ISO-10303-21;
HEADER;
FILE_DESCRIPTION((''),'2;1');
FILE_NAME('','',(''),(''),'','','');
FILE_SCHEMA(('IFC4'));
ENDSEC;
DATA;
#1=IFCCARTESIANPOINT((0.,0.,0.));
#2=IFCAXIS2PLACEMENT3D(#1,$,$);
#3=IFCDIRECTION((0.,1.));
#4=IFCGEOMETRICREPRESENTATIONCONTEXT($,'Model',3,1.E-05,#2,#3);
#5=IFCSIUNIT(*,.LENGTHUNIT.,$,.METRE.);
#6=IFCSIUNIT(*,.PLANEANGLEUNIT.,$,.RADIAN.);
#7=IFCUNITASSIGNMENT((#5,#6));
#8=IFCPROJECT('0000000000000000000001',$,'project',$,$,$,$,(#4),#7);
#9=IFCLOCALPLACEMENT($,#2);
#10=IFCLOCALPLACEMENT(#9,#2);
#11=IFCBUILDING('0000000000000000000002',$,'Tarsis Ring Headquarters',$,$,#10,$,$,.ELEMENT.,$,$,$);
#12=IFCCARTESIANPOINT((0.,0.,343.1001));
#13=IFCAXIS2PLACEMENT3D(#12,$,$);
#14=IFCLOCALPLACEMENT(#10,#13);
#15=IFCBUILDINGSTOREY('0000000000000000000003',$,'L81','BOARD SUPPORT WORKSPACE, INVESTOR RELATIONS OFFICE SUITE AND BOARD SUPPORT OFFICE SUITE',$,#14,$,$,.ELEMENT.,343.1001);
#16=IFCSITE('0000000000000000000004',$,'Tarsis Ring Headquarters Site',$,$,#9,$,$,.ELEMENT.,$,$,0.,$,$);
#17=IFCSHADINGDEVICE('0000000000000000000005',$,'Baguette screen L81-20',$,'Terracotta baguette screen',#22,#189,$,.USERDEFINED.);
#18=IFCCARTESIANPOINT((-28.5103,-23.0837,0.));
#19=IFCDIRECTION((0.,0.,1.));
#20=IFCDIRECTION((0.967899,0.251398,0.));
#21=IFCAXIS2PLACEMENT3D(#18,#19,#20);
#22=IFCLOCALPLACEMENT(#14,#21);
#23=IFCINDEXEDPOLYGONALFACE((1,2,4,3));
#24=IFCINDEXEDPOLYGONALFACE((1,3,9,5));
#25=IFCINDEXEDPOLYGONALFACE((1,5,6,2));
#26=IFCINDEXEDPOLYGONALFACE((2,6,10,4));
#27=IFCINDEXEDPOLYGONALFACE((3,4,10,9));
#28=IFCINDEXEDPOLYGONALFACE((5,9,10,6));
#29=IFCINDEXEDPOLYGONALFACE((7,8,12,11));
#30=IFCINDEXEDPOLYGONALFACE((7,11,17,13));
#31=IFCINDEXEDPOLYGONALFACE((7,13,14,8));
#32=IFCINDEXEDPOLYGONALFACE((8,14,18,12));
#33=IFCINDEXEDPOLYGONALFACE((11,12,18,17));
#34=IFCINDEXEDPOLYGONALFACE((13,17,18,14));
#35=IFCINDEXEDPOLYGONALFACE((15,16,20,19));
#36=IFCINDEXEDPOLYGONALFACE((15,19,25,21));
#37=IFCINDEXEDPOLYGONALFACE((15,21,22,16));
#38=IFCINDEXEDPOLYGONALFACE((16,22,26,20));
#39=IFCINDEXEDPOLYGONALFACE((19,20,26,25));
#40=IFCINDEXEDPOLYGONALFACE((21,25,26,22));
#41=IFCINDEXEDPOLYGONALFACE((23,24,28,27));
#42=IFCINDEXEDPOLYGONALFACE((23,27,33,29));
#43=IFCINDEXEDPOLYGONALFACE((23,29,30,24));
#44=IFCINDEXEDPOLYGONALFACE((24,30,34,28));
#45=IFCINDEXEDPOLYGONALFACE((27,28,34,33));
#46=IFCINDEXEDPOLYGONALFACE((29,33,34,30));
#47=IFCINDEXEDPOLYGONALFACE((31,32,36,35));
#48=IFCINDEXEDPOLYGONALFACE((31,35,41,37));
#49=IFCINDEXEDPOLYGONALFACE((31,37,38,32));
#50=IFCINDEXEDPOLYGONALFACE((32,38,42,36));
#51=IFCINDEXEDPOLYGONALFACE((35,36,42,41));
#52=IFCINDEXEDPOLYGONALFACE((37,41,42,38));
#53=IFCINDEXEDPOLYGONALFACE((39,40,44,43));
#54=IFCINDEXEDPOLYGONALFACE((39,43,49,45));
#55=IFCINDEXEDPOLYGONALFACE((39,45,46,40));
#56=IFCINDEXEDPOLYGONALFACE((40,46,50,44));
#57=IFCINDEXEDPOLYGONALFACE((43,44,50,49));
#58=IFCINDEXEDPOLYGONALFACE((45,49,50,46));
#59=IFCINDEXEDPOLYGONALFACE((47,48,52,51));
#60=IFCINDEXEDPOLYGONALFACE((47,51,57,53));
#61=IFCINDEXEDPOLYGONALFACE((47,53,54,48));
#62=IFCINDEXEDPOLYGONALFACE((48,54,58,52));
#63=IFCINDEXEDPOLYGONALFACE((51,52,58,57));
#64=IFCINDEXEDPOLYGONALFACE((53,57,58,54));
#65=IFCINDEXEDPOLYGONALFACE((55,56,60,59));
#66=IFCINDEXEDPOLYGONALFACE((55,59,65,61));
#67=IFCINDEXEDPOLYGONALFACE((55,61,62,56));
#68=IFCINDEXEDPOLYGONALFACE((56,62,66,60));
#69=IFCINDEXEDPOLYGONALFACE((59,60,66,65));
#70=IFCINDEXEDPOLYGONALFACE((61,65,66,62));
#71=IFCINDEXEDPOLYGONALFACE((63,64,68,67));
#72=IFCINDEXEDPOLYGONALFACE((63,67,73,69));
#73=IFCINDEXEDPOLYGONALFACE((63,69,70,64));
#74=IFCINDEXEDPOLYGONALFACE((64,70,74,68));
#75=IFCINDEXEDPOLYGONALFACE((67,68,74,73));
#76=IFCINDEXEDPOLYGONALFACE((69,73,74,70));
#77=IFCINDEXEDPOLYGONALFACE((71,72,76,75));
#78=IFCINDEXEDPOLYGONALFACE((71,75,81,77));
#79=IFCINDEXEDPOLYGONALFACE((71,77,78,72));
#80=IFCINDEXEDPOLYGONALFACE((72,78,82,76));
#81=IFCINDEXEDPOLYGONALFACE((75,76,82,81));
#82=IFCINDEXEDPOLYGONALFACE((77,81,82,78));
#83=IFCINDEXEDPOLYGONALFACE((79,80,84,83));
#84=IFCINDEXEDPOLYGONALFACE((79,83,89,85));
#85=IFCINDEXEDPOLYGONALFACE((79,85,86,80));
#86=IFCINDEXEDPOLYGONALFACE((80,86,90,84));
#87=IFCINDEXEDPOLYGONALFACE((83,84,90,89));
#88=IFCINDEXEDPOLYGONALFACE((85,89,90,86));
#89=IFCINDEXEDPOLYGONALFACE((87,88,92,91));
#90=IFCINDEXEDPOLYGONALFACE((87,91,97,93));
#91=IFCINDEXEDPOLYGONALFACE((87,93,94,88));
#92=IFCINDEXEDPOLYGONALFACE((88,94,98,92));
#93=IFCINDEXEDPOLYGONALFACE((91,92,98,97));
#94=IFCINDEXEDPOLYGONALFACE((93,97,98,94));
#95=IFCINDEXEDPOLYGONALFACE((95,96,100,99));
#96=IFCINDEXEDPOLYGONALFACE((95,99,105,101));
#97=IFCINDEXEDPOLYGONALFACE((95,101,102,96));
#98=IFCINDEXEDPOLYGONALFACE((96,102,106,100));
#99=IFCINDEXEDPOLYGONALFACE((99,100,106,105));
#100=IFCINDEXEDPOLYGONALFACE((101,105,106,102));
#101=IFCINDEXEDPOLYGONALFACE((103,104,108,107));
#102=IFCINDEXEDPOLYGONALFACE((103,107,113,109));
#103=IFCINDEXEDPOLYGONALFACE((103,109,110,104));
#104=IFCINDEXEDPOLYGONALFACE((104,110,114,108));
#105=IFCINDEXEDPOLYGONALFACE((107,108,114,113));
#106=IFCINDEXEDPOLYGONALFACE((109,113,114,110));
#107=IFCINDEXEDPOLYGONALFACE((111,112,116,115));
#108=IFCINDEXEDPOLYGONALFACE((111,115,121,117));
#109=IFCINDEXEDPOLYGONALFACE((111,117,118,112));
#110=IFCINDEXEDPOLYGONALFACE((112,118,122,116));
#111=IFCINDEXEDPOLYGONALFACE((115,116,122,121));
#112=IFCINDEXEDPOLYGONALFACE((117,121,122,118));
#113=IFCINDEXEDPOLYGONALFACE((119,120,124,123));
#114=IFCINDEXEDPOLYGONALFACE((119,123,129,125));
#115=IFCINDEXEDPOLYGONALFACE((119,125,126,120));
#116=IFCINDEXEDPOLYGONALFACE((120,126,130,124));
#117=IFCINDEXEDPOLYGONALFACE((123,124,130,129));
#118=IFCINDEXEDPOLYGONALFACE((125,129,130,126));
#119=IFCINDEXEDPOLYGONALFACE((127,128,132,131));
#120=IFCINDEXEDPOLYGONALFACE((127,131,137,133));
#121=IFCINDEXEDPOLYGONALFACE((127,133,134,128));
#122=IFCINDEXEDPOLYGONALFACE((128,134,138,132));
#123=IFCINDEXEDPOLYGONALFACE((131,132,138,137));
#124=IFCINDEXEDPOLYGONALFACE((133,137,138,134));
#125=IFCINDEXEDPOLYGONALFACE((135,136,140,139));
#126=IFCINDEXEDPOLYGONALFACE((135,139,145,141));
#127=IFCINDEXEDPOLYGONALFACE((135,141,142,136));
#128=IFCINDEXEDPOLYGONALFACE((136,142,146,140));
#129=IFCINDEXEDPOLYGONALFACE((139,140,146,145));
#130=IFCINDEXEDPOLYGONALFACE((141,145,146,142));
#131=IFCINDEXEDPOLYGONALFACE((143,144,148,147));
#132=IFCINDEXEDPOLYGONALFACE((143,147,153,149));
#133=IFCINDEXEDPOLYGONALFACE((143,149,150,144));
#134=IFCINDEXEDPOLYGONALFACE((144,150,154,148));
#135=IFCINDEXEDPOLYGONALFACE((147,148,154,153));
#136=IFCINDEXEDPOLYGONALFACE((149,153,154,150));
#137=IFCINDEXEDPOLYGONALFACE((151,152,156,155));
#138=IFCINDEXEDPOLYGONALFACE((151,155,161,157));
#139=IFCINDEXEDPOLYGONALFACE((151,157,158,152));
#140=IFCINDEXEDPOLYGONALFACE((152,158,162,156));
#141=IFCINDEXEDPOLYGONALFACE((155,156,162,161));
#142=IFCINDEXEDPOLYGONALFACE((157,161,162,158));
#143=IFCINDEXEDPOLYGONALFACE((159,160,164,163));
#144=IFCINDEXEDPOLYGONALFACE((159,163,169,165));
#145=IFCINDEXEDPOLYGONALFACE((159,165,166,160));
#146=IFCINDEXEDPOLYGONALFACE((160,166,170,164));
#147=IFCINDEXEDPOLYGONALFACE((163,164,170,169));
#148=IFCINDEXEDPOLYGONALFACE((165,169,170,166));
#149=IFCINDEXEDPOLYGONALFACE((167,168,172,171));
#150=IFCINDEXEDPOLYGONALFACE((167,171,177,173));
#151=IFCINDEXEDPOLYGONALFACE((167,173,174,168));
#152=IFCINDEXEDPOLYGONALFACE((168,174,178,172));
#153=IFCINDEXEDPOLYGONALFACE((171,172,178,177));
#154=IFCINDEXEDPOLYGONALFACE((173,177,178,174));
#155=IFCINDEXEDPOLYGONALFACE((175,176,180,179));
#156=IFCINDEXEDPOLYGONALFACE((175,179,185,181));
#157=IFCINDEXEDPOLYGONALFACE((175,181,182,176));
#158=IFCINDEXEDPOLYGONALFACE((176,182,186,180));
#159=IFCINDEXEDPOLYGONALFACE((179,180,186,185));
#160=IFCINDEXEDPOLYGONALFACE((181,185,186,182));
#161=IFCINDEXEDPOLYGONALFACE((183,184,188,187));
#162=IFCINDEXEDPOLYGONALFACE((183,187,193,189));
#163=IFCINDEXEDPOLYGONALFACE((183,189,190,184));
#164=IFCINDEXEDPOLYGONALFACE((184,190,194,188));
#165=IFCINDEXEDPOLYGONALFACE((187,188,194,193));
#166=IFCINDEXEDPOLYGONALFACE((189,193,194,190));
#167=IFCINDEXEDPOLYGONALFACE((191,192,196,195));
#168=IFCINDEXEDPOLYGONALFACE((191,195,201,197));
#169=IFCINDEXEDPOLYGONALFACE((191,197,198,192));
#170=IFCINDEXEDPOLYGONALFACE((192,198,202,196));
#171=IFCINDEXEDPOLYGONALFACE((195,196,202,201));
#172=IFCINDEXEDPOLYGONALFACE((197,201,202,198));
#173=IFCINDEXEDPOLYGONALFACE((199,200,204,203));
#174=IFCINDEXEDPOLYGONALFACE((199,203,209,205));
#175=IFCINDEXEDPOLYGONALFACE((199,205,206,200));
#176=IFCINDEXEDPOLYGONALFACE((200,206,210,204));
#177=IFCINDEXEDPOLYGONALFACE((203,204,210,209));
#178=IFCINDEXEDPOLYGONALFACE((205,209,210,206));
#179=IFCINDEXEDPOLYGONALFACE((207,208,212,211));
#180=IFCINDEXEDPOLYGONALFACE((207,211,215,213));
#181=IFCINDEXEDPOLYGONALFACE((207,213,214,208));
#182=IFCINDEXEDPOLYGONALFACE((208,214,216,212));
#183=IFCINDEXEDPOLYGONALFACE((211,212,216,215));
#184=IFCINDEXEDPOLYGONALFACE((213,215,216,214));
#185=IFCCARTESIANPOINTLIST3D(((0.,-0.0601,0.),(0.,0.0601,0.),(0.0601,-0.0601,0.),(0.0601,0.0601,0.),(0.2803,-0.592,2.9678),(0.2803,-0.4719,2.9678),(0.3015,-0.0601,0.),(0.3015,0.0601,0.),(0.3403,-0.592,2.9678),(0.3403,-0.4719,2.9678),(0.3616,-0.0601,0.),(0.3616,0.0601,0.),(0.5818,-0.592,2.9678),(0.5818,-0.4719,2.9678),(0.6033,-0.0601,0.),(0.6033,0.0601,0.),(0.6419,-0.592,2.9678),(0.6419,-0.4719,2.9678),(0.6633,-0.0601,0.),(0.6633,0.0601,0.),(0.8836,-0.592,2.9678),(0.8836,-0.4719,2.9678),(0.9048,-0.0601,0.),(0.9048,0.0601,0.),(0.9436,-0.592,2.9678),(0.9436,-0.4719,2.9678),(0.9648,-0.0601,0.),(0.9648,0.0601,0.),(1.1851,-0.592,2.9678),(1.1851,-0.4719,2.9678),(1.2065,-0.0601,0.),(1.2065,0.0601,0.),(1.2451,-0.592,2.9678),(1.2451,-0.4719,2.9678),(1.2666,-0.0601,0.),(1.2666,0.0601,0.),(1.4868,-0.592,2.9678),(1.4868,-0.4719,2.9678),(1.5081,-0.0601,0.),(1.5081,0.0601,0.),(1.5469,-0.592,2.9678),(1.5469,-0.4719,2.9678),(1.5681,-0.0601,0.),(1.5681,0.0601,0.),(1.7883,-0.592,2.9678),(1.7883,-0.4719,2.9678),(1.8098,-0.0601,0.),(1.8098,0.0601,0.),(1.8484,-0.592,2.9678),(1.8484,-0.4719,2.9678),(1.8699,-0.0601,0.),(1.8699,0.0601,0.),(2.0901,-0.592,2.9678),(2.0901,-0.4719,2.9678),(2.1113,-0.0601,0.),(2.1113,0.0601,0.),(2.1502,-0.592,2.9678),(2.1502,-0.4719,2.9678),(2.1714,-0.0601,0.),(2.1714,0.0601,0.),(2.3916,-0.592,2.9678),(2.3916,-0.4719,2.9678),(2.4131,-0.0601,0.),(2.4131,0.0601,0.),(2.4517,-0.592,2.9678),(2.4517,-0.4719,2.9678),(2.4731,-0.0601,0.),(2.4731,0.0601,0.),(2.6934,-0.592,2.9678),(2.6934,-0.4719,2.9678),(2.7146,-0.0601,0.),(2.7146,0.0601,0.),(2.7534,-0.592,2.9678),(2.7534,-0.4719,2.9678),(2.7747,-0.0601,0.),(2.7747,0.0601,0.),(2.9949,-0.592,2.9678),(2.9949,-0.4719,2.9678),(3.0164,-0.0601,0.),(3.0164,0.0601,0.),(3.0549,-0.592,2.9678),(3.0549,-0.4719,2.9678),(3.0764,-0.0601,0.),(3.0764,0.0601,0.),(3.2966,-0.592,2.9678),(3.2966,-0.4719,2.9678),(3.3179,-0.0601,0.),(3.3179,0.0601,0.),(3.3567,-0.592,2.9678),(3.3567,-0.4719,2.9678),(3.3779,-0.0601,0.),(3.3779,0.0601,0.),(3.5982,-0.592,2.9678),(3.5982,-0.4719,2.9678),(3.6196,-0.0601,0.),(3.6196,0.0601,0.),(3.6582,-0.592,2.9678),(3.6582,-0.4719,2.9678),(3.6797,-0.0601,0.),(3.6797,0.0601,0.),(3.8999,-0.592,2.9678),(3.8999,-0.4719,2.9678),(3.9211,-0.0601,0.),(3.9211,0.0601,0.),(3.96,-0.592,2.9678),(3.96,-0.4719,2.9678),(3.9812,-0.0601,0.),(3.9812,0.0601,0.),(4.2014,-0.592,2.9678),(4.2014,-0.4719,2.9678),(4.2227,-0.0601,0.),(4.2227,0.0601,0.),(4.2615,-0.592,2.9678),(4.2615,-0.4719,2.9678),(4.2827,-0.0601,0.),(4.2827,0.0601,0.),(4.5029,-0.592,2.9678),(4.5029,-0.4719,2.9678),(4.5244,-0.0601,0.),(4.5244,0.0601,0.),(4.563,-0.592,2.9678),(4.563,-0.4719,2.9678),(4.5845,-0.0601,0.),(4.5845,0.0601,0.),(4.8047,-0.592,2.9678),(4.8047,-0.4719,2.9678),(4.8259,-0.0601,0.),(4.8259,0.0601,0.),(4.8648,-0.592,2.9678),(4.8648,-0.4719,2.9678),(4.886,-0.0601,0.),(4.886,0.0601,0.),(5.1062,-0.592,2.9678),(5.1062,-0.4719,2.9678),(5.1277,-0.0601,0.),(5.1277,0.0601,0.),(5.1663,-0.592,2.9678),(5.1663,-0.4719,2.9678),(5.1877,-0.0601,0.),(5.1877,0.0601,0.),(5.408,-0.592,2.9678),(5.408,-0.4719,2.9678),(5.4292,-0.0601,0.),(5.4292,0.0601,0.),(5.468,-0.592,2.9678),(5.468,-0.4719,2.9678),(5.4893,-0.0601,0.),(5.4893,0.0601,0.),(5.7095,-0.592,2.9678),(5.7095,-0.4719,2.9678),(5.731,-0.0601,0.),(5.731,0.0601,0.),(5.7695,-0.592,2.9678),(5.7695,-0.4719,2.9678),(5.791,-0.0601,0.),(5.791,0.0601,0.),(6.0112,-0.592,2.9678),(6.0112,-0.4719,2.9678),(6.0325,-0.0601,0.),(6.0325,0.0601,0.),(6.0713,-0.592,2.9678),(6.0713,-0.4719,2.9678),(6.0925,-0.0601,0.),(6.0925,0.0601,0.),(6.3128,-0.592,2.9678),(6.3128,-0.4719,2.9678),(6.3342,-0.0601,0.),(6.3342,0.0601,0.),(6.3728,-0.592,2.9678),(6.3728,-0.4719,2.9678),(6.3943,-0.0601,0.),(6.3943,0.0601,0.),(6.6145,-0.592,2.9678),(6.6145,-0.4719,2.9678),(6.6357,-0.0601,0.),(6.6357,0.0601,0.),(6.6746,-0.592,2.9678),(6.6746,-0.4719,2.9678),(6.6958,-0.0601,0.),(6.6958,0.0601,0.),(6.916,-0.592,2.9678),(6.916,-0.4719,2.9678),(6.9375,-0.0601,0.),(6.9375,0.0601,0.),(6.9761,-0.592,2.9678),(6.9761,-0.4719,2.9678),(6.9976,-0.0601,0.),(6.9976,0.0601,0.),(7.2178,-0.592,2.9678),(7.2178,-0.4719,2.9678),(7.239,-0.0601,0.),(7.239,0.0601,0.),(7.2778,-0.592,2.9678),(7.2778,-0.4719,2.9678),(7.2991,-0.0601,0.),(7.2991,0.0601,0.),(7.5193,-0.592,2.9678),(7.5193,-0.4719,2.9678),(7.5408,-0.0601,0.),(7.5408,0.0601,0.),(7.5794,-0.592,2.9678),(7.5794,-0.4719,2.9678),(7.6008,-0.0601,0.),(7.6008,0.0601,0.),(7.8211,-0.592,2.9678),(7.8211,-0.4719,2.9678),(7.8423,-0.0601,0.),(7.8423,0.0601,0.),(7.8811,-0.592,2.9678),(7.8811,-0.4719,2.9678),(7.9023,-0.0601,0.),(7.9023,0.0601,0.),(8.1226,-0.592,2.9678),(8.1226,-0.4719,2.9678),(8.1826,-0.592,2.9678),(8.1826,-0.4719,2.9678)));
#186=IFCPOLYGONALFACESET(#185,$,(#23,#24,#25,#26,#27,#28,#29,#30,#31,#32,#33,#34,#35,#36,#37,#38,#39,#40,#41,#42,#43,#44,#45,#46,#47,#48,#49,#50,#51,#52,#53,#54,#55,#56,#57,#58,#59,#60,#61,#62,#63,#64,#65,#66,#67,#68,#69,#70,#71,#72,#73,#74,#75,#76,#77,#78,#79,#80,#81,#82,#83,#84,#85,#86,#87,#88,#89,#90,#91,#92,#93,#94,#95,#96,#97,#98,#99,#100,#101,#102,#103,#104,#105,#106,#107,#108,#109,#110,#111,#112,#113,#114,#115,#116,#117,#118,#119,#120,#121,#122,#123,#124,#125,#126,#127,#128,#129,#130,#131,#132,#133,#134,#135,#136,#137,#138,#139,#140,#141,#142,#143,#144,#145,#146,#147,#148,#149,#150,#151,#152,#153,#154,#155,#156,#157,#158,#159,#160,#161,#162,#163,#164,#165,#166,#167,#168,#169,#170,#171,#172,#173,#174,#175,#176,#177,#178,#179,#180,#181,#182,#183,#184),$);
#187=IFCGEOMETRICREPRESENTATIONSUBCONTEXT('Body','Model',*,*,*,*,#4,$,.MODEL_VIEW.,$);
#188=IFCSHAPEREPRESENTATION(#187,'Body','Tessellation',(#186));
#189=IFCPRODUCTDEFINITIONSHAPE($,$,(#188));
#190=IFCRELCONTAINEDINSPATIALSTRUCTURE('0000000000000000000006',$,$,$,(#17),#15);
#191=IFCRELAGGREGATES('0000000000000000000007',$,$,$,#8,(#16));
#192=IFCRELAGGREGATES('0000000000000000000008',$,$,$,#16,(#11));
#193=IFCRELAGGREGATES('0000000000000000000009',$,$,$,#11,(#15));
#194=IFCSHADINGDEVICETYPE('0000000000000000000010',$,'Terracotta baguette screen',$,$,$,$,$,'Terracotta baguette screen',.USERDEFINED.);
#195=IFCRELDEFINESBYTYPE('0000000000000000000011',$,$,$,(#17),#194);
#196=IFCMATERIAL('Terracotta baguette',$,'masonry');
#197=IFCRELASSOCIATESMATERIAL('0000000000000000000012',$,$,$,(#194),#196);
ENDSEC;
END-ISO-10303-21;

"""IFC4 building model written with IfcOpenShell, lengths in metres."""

from ifc_helpers import new_model, si_unit, direction, frame, frame_2d, origin, place, context, subcontext, project, spatial, rectangle, composite_profile, extrude, material, type_object, element, save


model = new_model("IFC4")

# Units and contexts
model_context = context("Model", 3, precision=1e-05, world=origin(), true_north=direction((0.0, 1.0)))
body_context = subcontext(model_context, "Body", "Model", "MODEL_VIEW")
ifc_project = project(units=[si_unit("LENGTHUNIT", "METRE"), si_unit("PLANEANGLEUNIT", "RADIAN")], contexts=[model_context])

# Site, building, storey
site_placement = place(None, origin())
site = spatial("IfcSite", under=ifc_project, at=site_placement, Name="Tarsis Ring Headquarters Site", CompositionType="ELEMENT", RefElevation=0.0)
building_placement = place(site_placement, origin())
building = spatial("IfcBuilding", under=site, at=building_placement, Name="Tarsis Ring Headquarters", CompositionType="ELEMENT")
storey_placement = place(building_placement, frame((0.0, 0.0, 343.1001)))
storey = spatial("IfcBuildingStorey", under=building, at=storey_placement, Name="L81", Description="BOARD SUPPORT WORKSPACE, INVESTOR RELATIONS OFFICE SUITE AND BOARD SUPPORT OFFICE SUITE", CompositionType="ELEMENT", Elevation=343.1001)

# Shading device
ifc_material_1 = material(Name="Terracotta baguette", Category="masonry")
shading_device_type_1 = type_object("IfcShadingDeviceType", Name="Terracotta baguette screen", ElementType="Terracotta baguette screen", PredefinedType="USERDEFINED", material=ifc_material_1)
shading_device_1_placement = place(storey_placement, frame((-28.5103, -23.0837, 0.0), z_axis=(0.0, 0.0, 1.0), x_axis=(0.967899, 0.251398, 0.0)))
element("IfcShadingDevice", 1, at=shading_device_1_placement, inside=storey, type_object=shading_device_type_1, Name="Baguette screen L81-20", ObjectType="Terracotta baguette screen", PredefinedType="USERDEFINED", context=body_context, shape_type="SweptSolid", body=[
    extrude(composite_profile([rectangle(XDim=0.0601, YDim=0.1201, at=frame_2d((0.03, 0.0))), rectangle(XDim=0.0601, YDim=0.1201, at=frame_2d((0.3315, 0.0))), rectangle(XDim=0.0601, YDim=0.1201, at=frame_2d((0.6333, 0.0))), rectangle(XDim=0.0601, YDim=0.1201, at=frame_2d((0.9348, 0.0))), rectangle(XDim=0.0601, YDim=0.1201, at=frame_2d((1.2366, 0.0))), rectangle(XDim=0.0601, YDim=0.1201, at=frame_2d((1.5381, 0.0))), rectangle(XDim=0.0601, YDim=0.1201, at=frame_2d((1.8398, 0.0))), rectangle(XDim=0.0601, YDim=0.1201, at=frame_2d((2.1414, 0.0))), rectangle(XDim=0.0601, YDim=0.1201, at=frame_2d((2.4431, 0.0))), rectangle(XDim=0.0601, YDim=0.1201, at=frame_2d((2.7446, 0.0))), rectangle(XDim=0.0601, YDim=0.1201, at=frame_2d((3.0464, 0.0))), rectangle(XDim=0.0601, YDim=0.1201, at=frame_2d((3.3479, 0.0))), rectangle(XDim=0.0601, YDim=0.1201, at=frame_2d((3.6497, 0.0))), rectangle(XDim=0.0601, YDim=0.1201, at=frame_2d((3.9512, 0.0))), rectangle(XDim=0.0601, YDim=0.1201, at=frame_2d((4.2527, 0.0))), rectangle(XDim=0.0601, YDim=0.1201, at=frame_2d((4.5544, 0.0))), rectangle(XDim=0.0601, YDim=0.1201, at=frame_2d((4.856, 0.0))), rectangle(XDim=0.0601, YDim=0.1201, at=frame_2d((5.1577, 0.0))), rectangle(XDim=0.0601, YDim=0.1201, at=frame_2d((5.4592, 0.0))), rectangle(XDim=0.0601, YDim=0.1201, at=frame_2d((5.761, 0.0))), rectangle(XDim=0.0601, YDim=0.1201, at=frame_2d((6.0625, 0.0))), rectangle(XDim=0.0601, YDim=0.1201, at=frame_2d((6.3643, 0.0))), rectangle(XDim=0.0601, YDim=0.1201, at=frame_2d((6.6658, 0.0))), rectangle(XDim=0.0601, YDim=0.1201, at=frame_2d((6.9675, 0.0))), rectangle(XDim=0.0601, YDim=0.1201, at=frame_2d((7.269, 0.0))), rectangle(XDim=0.0601, YDim=0.1201, at=frame_2d((7.5708, 0.0))), rectangle(XDim=0.0601, YDim=0.1201, at=frame_2d((7.8723, 0.0)))]), origin(), (0.092563, -0.175682, 0.980086), 3.0281),
])

save(model, "model.ifc")
